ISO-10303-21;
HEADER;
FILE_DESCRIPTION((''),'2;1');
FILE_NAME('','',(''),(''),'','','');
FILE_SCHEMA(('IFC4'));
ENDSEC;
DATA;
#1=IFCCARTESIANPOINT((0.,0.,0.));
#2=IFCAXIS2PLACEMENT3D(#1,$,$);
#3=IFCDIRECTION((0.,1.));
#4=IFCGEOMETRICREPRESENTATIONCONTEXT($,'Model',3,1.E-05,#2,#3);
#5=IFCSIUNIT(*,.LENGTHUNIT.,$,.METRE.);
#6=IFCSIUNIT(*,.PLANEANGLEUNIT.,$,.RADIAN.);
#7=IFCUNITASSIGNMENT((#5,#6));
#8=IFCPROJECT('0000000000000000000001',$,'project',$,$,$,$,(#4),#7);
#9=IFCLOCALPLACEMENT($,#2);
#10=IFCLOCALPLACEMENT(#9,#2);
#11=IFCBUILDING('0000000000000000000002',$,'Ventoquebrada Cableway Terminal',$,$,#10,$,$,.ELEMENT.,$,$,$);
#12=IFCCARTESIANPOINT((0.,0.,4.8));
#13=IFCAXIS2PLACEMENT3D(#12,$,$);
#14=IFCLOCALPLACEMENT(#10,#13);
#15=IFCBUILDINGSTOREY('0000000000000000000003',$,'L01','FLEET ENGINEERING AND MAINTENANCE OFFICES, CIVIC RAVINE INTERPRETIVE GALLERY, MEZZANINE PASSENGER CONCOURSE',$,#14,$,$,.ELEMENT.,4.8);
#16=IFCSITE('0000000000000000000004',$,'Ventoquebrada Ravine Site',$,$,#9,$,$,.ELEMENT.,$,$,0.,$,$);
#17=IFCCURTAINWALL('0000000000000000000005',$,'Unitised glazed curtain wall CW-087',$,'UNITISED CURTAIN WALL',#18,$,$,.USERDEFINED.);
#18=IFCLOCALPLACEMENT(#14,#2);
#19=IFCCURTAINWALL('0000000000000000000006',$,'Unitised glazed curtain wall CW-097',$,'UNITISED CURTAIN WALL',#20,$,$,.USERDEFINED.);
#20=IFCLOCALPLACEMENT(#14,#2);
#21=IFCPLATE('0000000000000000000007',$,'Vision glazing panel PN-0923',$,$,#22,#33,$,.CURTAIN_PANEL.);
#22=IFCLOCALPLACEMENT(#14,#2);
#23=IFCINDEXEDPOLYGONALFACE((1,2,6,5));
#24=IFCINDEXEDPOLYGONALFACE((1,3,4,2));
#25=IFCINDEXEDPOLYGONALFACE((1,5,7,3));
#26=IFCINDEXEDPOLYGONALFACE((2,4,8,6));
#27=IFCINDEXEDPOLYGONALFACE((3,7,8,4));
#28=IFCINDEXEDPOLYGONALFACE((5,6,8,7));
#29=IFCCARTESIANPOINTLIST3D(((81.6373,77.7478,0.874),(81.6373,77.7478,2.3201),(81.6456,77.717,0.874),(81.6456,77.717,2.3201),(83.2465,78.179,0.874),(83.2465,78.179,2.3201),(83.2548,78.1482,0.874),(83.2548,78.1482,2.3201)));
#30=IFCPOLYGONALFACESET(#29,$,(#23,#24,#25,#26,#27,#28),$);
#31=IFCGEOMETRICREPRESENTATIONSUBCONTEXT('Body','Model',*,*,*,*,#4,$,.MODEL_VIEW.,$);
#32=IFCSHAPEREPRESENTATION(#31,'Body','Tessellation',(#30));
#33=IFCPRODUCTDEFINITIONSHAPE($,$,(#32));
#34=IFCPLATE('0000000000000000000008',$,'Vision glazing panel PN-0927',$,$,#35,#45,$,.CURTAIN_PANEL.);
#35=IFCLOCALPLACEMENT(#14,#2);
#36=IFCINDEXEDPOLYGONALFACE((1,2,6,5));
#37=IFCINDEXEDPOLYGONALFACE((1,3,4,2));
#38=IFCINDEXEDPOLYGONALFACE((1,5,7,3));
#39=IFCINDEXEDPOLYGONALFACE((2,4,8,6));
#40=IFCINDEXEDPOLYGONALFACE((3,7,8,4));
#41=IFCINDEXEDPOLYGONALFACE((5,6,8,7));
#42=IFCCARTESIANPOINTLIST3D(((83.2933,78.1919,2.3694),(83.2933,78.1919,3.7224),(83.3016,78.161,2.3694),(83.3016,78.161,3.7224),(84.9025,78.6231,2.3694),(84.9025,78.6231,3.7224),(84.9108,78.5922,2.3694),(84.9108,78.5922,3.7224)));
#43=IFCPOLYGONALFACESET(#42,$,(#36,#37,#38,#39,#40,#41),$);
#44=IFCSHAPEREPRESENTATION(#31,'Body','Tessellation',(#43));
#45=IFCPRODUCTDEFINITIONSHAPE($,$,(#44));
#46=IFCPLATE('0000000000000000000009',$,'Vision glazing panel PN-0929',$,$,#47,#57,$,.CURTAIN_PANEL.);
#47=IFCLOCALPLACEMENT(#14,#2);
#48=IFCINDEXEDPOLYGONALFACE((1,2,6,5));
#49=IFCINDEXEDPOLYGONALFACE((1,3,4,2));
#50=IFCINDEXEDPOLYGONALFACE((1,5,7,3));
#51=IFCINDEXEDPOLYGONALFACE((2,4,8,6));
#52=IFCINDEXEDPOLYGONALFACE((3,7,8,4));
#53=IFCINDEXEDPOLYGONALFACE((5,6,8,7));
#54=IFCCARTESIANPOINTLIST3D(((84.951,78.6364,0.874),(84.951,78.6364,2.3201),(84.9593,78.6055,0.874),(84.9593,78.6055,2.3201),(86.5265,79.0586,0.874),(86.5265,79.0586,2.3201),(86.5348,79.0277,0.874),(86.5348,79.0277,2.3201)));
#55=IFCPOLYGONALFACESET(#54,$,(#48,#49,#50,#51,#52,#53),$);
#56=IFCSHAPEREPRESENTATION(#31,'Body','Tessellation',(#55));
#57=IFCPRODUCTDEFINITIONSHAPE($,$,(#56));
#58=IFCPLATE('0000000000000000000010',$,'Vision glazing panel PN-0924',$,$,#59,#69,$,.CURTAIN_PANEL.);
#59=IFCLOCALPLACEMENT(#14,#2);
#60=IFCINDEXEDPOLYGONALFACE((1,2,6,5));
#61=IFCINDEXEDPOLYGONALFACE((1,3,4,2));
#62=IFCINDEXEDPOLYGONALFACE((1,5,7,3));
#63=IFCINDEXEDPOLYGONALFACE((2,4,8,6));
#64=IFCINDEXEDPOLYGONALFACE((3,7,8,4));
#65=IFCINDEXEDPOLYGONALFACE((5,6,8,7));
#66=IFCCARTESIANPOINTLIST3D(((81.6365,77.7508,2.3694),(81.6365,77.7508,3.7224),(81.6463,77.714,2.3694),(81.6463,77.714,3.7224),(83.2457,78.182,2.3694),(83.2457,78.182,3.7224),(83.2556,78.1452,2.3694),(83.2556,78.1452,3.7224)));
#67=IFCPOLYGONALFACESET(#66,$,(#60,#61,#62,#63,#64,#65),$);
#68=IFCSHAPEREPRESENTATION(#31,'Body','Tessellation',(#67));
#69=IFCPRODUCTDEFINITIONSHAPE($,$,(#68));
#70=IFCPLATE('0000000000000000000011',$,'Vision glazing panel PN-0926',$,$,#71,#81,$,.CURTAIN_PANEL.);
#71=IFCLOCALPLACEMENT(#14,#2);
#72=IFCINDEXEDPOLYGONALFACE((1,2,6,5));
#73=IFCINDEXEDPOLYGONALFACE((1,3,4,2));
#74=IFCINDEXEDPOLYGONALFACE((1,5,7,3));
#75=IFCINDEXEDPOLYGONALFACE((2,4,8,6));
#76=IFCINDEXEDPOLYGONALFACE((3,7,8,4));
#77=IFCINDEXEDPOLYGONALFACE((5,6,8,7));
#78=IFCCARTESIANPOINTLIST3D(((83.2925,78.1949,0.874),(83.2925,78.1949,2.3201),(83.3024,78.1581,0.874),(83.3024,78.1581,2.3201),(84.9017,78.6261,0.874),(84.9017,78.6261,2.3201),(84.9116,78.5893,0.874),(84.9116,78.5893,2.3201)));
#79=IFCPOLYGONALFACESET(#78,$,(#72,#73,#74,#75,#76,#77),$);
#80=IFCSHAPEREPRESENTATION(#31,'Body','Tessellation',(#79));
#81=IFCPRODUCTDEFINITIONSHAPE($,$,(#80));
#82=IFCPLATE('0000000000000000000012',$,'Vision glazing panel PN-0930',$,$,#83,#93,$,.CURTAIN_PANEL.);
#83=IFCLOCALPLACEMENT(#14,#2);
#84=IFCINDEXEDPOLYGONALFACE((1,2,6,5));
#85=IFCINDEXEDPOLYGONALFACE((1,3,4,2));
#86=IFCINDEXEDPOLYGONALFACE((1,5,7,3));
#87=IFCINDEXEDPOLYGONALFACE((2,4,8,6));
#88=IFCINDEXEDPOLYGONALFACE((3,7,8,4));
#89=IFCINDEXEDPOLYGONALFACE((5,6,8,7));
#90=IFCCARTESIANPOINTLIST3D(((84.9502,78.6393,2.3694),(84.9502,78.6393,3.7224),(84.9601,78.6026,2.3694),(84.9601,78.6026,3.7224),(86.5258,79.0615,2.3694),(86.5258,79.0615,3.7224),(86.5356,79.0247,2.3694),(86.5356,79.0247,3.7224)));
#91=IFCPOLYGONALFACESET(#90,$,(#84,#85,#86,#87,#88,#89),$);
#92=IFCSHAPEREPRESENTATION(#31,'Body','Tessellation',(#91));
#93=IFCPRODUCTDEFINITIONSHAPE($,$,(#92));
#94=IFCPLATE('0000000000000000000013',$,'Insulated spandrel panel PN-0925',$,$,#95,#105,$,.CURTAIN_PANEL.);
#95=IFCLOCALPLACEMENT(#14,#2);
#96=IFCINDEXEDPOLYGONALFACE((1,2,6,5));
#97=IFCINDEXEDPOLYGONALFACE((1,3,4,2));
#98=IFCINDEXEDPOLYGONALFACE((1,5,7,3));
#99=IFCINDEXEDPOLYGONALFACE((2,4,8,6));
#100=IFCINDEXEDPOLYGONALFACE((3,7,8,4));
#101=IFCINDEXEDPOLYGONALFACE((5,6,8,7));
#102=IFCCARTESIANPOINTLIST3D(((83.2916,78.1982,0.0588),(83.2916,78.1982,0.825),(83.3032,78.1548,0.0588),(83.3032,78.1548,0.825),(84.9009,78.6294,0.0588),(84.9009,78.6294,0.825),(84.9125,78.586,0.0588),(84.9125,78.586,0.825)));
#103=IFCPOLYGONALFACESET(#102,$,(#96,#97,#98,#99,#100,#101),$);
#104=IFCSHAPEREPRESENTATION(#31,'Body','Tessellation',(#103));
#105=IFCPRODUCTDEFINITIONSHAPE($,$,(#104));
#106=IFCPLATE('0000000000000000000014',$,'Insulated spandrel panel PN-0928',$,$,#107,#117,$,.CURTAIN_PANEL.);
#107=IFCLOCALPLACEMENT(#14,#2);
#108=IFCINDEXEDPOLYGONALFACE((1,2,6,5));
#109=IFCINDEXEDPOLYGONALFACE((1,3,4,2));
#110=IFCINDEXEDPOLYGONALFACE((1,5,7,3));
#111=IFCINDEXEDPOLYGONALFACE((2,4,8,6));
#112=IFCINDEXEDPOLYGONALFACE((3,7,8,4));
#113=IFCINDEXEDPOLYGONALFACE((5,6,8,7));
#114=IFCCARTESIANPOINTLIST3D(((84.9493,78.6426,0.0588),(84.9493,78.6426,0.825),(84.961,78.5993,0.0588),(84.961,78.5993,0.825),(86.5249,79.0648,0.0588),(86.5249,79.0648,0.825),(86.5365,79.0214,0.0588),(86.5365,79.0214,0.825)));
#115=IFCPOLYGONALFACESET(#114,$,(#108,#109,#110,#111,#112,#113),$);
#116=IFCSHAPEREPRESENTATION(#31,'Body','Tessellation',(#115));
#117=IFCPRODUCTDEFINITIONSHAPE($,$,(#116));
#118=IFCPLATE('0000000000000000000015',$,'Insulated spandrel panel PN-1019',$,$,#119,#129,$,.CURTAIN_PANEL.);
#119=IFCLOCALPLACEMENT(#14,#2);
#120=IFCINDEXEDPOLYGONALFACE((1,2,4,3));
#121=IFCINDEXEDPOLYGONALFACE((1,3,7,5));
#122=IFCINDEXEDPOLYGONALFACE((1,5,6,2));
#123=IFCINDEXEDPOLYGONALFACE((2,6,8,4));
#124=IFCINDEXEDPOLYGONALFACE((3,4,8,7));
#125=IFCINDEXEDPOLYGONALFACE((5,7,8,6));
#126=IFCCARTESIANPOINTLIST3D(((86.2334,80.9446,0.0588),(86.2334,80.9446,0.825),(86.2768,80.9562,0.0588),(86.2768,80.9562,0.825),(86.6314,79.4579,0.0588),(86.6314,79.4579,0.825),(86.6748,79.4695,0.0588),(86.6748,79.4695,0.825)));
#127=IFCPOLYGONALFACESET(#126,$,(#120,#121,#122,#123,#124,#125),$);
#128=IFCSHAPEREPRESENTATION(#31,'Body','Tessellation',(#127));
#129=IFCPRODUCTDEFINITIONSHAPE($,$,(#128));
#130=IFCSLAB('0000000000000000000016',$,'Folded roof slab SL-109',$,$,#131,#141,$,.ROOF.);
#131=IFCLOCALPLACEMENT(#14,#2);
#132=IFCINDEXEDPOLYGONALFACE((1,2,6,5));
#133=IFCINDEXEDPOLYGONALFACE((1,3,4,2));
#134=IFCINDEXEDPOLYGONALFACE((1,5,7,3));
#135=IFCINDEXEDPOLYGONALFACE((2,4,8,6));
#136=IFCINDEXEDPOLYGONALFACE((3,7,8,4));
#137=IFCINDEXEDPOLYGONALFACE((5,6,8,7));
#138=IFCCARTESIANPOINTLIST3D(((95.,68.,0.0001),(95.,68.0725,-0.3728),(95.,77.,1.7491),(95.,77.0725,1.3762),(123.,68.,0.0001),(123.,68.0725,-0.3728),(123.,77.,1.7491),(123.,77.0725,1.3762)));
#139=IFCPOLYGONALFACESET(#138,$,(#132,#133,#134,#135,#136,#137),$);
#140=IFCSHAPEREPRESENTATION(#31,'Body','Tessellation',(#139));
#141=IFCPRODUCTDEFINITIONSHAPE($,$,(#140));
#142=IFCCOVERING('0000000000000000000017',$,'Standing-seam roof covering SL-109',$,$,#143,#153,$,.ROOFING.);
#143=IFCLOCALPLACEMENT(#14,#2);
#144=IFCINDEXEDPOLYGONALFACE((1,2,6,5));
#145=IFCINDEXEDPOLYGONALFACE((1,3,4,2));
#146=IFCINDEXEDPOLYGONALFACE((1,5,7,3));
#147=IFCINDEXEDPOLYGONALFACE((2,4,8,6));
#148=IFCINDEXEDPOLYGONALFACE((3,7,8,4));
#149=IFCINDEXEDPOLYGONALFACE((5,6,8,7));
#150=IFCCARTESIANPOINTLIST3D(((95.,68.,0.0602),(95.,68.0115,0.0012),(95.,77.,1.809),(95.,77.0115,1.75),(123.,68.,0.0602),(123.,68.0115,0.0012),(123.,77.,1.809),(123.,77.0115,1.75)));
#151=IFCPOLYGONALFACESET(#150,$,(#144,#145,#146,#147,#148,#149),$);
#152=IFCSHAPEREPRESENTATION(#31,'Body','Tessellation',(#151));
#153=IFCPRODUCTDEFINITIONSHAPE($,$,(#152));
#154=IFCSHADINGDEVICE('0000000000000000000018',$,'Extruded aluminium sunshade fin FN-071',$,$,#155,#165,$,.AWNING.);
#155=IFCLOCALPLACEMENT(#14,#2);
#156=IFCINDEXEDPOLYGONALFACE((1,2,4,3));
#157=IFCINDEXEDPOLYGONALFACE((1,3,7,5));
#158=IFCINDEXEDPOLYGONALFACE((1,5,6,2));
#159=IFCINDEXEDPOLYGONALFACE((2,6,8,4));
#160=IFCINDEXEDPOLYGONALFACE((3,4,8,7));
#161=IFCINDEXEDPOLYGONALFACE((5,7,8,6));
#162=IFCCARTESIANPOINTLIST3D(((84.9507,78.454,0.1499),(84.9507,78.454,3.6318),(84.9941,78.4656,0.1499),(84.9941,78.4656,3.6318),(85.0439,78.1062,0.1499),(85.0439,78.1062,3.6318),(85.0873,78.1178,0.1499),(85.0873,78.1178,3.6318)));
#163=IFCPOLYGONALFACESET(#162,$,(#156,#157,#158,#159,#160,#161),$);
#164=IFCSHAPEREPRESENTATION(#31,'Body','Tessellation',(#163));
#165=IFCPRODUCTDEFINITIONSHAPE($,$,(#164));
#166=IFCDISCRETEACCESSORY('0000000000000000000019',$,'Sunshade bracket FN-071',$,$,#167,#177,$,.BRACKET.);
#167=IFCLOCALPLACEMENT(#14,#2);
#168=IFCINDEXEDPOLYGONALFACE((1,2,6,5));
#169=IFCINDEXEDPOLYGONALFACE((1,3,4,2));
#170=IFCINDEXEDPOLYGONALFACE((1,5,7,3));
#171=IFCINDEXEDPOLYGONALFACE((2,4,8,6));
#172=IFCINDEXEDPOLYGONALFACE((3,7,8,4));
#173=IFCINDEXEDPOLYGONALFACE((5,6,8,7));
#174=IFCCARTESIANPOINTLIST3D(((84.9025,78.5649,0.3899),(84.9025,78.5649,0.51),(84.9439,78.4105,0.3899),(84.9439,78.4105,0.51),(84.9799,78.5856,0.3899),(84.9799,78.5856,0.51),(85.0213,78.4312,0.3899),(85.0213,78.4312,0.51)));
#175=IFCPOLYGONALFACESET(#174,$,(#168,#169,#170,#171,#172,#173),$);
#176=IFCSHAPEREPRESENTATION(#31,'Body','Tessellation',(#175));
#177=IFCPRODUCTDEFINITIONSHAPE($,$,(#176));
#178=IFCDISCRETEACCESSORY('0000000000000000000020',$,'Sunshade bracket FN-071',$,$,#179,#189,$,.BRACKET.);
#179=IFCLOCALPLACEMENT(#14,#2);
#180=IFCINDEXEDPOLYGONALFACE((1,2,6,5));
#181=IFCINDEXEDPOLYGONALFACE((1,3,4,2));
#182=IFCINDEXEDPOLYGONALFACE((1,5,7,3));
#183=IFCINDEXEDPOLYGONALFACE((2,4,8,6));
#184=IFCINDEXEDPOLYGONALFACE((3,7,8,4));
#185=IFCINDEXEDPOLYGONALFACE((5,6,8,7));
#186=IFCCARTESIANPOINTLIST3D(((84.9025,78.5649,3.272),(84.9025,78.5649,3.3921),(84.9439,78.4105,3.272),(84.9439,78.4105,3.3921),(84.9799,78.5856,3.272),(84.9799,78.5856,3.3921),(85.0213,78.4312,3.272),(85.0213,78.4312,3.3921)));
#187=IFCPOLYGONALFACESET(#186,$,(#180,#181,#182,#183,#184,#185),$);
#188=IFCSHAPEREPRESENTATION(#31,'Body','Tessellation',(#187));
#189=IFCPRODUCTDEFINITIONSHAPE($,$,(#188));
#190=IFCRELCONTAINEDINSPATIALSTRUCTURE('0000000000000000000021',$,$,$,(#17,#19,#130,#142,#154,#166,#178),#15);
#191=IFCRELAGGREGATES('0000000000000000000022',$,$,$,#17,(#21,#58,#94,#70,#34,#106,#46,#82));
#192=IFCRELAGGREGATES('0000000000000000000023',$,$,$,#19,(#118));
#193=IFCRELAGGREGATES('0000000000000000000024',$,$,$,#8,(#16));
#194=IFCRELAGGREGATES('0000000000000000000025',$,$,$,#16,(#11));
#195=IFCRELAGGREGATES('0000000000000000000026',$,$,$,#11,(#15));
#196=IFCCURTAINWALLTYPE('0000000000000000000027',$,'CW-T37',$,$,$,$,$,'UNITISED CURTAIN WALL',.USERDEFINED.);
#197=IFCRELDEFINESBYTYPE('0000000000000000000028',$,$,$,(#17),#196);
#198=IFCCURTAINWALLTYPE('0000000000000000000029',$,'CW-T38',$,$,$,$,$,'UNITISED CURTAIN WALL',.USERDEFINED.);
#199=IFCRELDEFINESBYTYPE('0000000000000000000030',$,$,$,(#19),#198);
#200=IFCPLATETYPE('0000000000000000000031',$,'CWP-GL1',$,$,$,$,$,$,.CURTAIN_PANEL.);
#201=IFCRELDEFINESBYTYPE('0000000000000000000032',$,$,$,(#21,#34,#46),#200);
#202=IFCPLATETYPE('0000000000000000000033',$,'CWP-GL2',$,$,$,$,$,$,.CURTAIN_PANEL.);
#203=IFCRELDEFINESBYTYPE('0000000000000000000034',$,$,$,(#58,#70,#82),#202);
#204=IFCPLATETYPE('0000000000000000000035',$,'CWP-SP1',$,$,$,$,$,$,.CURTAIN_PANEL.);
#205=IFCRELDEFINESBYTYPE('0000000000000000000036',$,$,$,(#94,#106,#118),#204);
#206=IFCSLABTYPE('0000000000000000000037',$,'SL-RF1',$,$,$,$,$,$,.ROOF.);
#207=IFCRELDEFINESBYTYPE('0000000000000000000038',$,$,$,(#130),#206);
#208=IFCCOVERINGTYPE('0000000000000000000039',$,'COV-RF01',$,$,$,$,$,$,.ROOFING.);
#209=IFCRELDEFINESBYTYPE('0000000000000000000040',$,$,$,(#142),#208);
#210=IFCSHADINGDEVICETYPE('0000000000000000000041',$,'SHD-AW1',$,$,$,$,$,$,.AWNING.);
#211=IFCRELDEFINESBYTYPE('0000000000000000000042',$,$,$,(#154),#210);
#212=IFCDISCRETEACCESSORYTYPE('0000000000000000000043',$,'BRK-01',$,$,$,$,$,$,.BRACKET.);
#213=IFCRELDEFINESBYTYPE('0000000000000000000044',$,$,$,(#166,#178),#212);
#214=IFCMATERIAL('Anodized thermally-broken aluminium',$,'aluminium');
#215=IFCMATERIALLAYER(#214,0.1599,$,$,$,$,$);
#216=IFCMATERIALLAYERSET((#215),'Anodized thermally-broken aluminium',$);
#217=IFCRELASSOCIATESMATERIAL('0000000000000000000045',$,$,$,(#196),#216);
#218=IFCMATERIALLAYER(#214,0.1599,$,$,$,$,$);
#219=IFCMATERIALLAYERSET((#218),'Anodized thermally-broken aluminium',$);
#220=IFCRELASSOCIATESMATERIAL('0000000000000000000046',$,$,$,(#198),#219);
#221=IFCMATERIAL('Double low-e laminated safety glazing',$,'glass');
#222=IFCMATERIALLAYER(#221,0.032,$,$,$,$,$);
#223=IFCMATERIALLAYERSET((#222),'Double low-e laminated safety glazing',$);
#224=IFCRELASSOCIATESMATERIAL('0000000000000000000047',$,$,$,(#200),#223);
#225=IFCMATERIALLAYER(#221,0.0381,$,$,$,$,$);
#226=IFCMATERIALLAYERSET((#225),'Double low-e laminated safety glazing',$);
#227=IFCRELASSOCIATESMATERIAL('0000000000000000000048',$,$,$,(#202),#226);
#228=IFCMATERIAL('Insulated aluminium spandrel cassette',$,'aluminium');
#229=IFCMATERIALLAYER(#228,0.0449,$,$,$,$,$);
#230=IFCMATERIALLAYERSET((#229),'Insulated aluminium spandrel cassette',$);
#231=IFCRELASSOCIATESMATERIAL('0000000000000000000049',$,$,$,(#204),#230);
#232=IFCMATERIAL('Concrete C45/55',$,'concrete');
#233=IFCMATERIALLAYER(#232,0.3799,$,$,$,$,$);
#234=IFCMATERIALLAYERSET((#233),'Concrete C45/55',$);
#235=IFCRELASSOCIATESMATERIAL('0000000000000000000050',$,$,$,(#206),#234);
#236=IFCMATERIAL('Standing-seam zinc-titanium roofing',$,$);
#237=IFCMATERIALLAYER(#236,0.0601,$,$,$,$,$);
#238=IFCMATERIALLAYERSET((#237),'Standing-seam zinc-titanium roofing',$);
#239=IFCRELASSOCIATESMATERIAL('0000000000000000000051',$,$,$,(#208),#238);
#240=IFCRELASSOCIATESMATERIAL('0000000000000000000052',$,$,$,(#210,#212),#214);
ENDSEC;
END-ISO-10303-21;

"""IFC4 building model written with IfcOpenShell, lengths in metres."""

from ifc_helpers import new_model, si_unit, direction, frame, origin, origin_2d, place, context, subcontext, project, spatial, polyline, rectangle, outline, extrude, material, layer, layer_set, type_object, element, aggregate, save


model = new_model("IFC4")

# Units and contexts
model_context = context("Model", 3, precision=1e-05, world=origin(), true_north=direction((0.0, 1.0)))
body_context = subcontext(model_context, "Body", "Model", "MODEL_VIEW")
ifc_project = project(units=[si_unit("LENGTHUNIT", "METRE"), si_unit("PLANEANGLEUNIT", "RADIAN")], contexts=[model_context])

# Site, building, storey
site_placement = place(None, origin())
site = spatial("IfcSite", under=ifc_project, at=site_placement, Name="Ventoquebrada Ravine Site", CompositionType="ELEMENT", RefElevation=0.0)
building_placement = place(site_placement, origin())
building = spatial("IfcBuilding", under=site, at=building_placement, Name="Ventoquebrada Cableway Terminal", CompositionType="ELEMENT")
storey_placement = place(building_placement, frame((0.0, 0.0, 4.8)))
storey = spatial("IfcBuildingStorey", under=building, at=storey_placement, Name="L01", Description="FLEET ENGINEERING AND MAINTENANCE OFFICES, CIVIC RAVINE INTERPRETIVE GALLERY, MEZZANINE PASSENGER CONCOURSE", CompositionType="ELEMENT", Elevation=4.8)

# Curtain wall
ifc_material_1 = material(Name="Anodized thermally-broken aluminium", Category="aluminium")
ifc_layer_1 = layer(ifc_material_1, 0.1599)
ifc_layer_set_1 = layer_set([ifc_layer_1], Name="Anodized thermally-broken aluminium")
curtain_wall_type_1 = type_object("IfcCurtainWallType", Name="CW-T37", ElementType="UNITISED CURTAIN WALL", PredefinedType="USERDEFINED", material=ifc_layer_set_1)
curtain_wall_1_placement = place(storey_placement, origin())
curtain_wall_1 = element("IfcCurtainWall", 1, at=curtain_wall_1_placement, inside=storey, type_object=curtain_wall_type_1, Name="Unitised glazed curtain wall CW-087", ObjectType="UNITISED CURTAIN WALL", PredefinedType="USERDEFINED")

# Curtain wall
ifc_layer_2 = layer(ifc_material_1, 0.1599)
ifc_layer_set_2 = layer_set([ifc_layer_2], Name="Anodized thermally-broken aluminium")
curtain_wall_type_2 = type_object("IfcCurtainWallType", Name="CW-T38", ElementType="UNITISED CURTAIN WALL", PredefinedType="USERDEFINED", material=ifc_layer_set_2)
curtain_wall_2_placement = place(storey_placement, origin())
curtain_wall_2 = element("IfcCurtainWall", 2, at=curtain_wall_2_placement, inside=storey, type_object=curtain_wall_type_2, Name="Unitised glazed curtain wall CW-097", ObjectType="UNITISED CURTAIN WALL", PredefinedType="USERDEFINED")

# Plates
ifc_material_2 = material(Name="Double low-e laminated safety glazing", Category="glass")
ifc_layer_3 = layer(ifc_material_2, 0.032)
ifc_layer_set_3 = layer_set([ifc_layer_3], Name="Double low-e laminated safety glazing")
plate_type_1 = type_object("IfcPlateType", Name="CWP-GL1", PredefinedType="CURTAIN_PANEL", material=ifc_layer_set_3)
plate_1_placement = place(storey_placement, frame((82.446, 77.948, 0.874), z_axis=(0.0, 0.0, 1.0), x_axis=(0.965926, 0.258819, 0.0)))
plate_1 = element("IfcPlate", 3, at=plate_1_placement, type_object=plate_type_1, Name="Vision glazing panel PN-0923", PredefinedType="CURTAIN_PANEL", context=body_context, shape_type="SweptSolid", body=[
    extrude(rectangle(XDim=1.666, YDim=0.032, at=origin_2d()), origin(), (0.0, 0.0, 1.0), 1.446),
])
plate_2_placement = place(storey_placement, frame((84.1021, 78.3921, 2.3694), z_axis=(0.0, 0.0, 1.0), x_axis=(0.965926, 0.258819, 0.0)))
plate_2 = element("IfcPlate", 4, at=plate_2_placement, type_object=plate_type_1, Name="Vision glazing panel PN-0927", PredefinedType="CURTAIN_PANEL", context=body_context, shape_type="SweptSolid", body=[
    extrude(rectangle(XDim=1.666, YDim=0.032, at=origin_2d()), origin(), (0.0, 0.0, 1.0), 1.353),
])
plate_3_placement = place(storey_placement, frame((85.7429, 78.832, 0.874), z_axis=(0.0, 0.0, 1.0), x_axis=(0.965926, 0.258819, 0.0)))
plate_3 = element("IfcPlate", 5, at=plate_3_placement, type_object=plate_type_1, Name="Vision glazing panel PN-0929", PredefinedType="CURTAIN_PANEL", context=body_context, shape_type="SweptSolid", body=[
    extrude(rectangle(XDim=1.6311, YDim=0.032, at=origin_2d()), origin(), (0.0, 0.0, 1.0), 1.446),
])
ifc_layer_4 = layer(ifc_material_2, 0.0381)
ifc_layer_set_4 = layer_set([ifc_layer_4], Name="Double low-e laminated safety glazing")
plate_type_2 = type_object("IfcPlateType", Name="CWP-GL2", PredefinedType="CURTAIN_PANEL", material=ifc_layer_set_4)
plate_4_placement = place(storey_placement, frame((82.446, 77.948, 2.3694), z_axis=(0.0, 0.0, 1.0), x_axis=(0.965926, 0.258819, 0.0)))
plate_4 = element("IfcPlate", 6, at=plate_4_placement, type_object=plate_type_2, Name="Vision glazing panel PN-0924", PredefinedType="CURTAIN_PANEL", context=body_context, shape_type="SweptSolid", body=[
    extrude(rectangle(XDim=1.666, YDim=0.0381, at=origin_2d()), origin(), (0.0, 0.0, 1.0), 1.353),
])
plate_5_placement = place(storey_placement, frame((84.1021, 78.3921, 0.874), z_axis=(0.0, 0.0, 1.0), x_axis=(0.965926, 0.258819, 0.0)))
plate_5 = element("IfcPlate", 7, at=plate_5_placement, type_object=plate_type_2, Name="Vision glazing panel PN-0926", PredefinedType="CURTAIN_PANEL", context=body_context, shape_type="SweptSolid", body=[
    extrude(rectangle(XDim=1.666, YDim=0.0381, at=origin_2d()), origin(), (0.0, 0.0, 1.0), 1.446),
])
plate_6_placement = place(storey_placement, frame((85.7429, 78.832, 2.3694), z_axis=(0.0, 0.0, 1.0), x_axis=(0.965926, 0.258819, 0.0)))
plate_6 = element("IfcPlate", 8, at=plate_6_placement, type_object=plate_type_2, Name="Vision glazing panel PN-0930", PredefinedType="CURTAIN_PANEL", context=body_context, shape_type="SweptSolid", body=[
    extrude(rectangle(XDim=1.6311, YDim=0.0381, at=origin_2d()), origin(), (0.0, 0.0, 1.0), 1.353),
])
ifc_material_3 = material(Name="Insulated aluminium spandrel cassette", Category="aluminium")
ifc_layer_5 = layer(ifc_material_3, 0.0449)
ifc_layer_set_5 = layer_set([ifc_layer_5], Name="Insulated aluminium spandrel cassette")
plate_type_3 = type_object("IfcPlateType", Name="CWP-SP1", PredefinedType="CURTAIN_PANEL", material=ifc_layer_set_5)
plate_7_placement = place(storey_placement, frame((84.1021, 78.3921, 0.0588), z_axis=(0.0, 0.0, 1.0), x_axis=(0.965926, 0.258819, 0.0)))
plate_7 = element("IfcPlate", 9, at=plate_7_placement, type_object=plate_type_3, Name="Insulated spandrel panel PN-0925", PredefinedType="CURTAIN_PANEL", context=body_context, shape_type="SweptSolid", body=[
    extrude(rectangle(XDim=1.666, YDim=0.0449, at=origin_2d()), origin(), (0.0, 0.0, 1.0), 0.7661),
])
plate_8_placement = place(storey_placement, frame((85.7429, 78.832, 0.0588), z_axis=(0.0, 0.0, 1.0), x_axis=(0.965926, 0.258819, 0.0)))
plate_8 = element("IfcPlate", 10, at=plate_8_placement, type_object=plate_type_3, Name="Insulated spandrel panel PN-0928", PredefinedType="CURTAIN_PANEL", context=body_context, shape_type="SweptSolid", body=[
    extrude(rectangle(XDim=1.6311, YDim=0.0449, at=origin_2d()), origin(), (0.0, 0.0, 1.0), 0.7661),
])
aggregate(curtain_wall_1, [plate_1, plate_4, plate_7, plate_5, plate_2, plate_8, plate_3, plate_6])
plate_9_placement = place(storey_placement, frame((86.4541, 80.207, 0.0588), z_axis=(0.0, 0.0, 1.0), x_axis=(-0.25865, 0.965971, 0.0)))
plate_9 = element("IfcPlate", 11, at=plate_9_placement, type_object=plate_type_3, Name="Insulated spandrel panel PN-1019", PredefinedType="CURTAIN_PANEL", context=body_context, shape_type="SweptSolid", body=[
    extrude(rectangle(XDim=1.5391, YDim=0.0449, at=origin_2d()), origin(), (0.0, 0.0, 1.0), 0.7661),
])
aggregate(curtain_wall_2, [plate_9])

# Slab
ifc_material_4 = material(Name="Concrete C45/55", Category="concrete")
ifc_layer_6 = layer(ifc_material_4, 0.3799)
ifc_layer_set_6 = layer_set([ifc_layer_6], Name="Concrete C45/55")
slab_type = type_object("IfcSlabType", Name="SL-RF1", PredefinedType="ROOF", material=ifc_layer_set_6)
slab_placement = place(storey_placement, frame((95.0, 68.0725, -0.3728), z_axis=(0.0, -0.190767, 0.981635), x_axis=(1.0, 0.0, 0.0)))
element("IfcSlab", 12, at=slab_placement, inside=storey, type_object=slab_type, Name="Folded roof slab SL-109", PredefinedType="ROOF", context=body_context, shape_type="SweptSolid", body=[
    extrude(outline(polyline([(0.0, 0.0), (28.0, 0.0), (28.0, 9.1684), (0.0, 9.1684), (0.0, 0.0)])), origin(), (0.0, 0.0, 1.0), 0.3799),
])

# Covering
ifc_material_5 = material(Name="Standing-seam zinc-titanium roofing")
ifc_layer_7 = layer(ifc_material_5, 0.0601)
ifc_layer_set_7 = layer_set([ifc_layer_7], Name="Standing-seam zinc-titanium roofing")
covering_type = type_object("IfcCoveringType", Name="COV-RF01", PredefinedType="ROOFING", material=ifc_layer_set_7)
covering_placement = place(storey_placement, frame((95.0, 68.0115, 0.0012), z_axis=(0.0, -0.190741, 0.98164), x_axis=(1.0, 0.0, 0.0)))
element("IfcCovering", 13, at=covering_placement, inside=storey, type_object=covering_type, Name="Standing-seam roof covering SL-109", PredefinedType="ROOFING", context=body_context, shape_type="SweptSolid", body=[
    extrude(outline(polyline([(0.0, 0.0), (28.0, 0.0), (28.0, 9.1683), (0.0, 9.1683), (0.0, 0.0)])), origin(), (0.0, 0.0, 1.0), 0.0601),
])

# Shading device
shading_device_type = type_object("IfcShadingDeviceType", Name="SHD-AW1", PredefinedType="AWNING", material=ifc_material_1)
shading_device_placement = place(storey_placement, frame((85.019, 78.2859, 0.1499), z_axis=(0.0, 0.0, 1.0), x_axis=(0.965926, 0.258819, 0.0)))
element("IfcShadingDevice", 14, at=shading_device_placement, inside=storey, type_object=shading_device_type, Name="Extruded aluminium sunshade fin FN-071", PredefinedType="AWNING", context=body_context, shape_type="SweptSolid", body=[
    extrude(rectangle(XDim=0.0449, YDim=0.3601, at=origin_2d()), origin(), (0.0, 0.0, 1.0), 3.4819),
])

# Discrete accessories
discrete_accessory_type = type_object("IfcDiscreteAccessoryType", Name="BRK-01", PredefinedType="BRACKET", material=ifc_material_1)
for number, where, z_axis, x_axis, name in (
    (15, (84.9619, 78.498, 0.3899), (0.0, 0.0, 1.0), (0.965926, 0.258819, 0.0), "Sunshade bracket FN-071"),
    (16, (84.9619, 78.498, 3.272), (0.0, 0.0, 1.0), (0.965926, 0.258819, 0.0), "Sunshade bracket FN-071"),
):
    element("IfcDiscreteAccessory", number, at=place(storey_placement, frame(where, z_axis=z_axis, x_axis=x_axis)), inside=storey, type_object=discrete_accessory_type, Name=name, PredefinedType="BRACKET", context=body_context, shape_type="SweptSolid", body=[
        extrude(rectangle(XDim=0.0801, YDim=0.1599, at=origin_2d()), origin(), (0.0, 0.0, 1.0), 0.1201),
    ])

save(model, "model.ifc")
